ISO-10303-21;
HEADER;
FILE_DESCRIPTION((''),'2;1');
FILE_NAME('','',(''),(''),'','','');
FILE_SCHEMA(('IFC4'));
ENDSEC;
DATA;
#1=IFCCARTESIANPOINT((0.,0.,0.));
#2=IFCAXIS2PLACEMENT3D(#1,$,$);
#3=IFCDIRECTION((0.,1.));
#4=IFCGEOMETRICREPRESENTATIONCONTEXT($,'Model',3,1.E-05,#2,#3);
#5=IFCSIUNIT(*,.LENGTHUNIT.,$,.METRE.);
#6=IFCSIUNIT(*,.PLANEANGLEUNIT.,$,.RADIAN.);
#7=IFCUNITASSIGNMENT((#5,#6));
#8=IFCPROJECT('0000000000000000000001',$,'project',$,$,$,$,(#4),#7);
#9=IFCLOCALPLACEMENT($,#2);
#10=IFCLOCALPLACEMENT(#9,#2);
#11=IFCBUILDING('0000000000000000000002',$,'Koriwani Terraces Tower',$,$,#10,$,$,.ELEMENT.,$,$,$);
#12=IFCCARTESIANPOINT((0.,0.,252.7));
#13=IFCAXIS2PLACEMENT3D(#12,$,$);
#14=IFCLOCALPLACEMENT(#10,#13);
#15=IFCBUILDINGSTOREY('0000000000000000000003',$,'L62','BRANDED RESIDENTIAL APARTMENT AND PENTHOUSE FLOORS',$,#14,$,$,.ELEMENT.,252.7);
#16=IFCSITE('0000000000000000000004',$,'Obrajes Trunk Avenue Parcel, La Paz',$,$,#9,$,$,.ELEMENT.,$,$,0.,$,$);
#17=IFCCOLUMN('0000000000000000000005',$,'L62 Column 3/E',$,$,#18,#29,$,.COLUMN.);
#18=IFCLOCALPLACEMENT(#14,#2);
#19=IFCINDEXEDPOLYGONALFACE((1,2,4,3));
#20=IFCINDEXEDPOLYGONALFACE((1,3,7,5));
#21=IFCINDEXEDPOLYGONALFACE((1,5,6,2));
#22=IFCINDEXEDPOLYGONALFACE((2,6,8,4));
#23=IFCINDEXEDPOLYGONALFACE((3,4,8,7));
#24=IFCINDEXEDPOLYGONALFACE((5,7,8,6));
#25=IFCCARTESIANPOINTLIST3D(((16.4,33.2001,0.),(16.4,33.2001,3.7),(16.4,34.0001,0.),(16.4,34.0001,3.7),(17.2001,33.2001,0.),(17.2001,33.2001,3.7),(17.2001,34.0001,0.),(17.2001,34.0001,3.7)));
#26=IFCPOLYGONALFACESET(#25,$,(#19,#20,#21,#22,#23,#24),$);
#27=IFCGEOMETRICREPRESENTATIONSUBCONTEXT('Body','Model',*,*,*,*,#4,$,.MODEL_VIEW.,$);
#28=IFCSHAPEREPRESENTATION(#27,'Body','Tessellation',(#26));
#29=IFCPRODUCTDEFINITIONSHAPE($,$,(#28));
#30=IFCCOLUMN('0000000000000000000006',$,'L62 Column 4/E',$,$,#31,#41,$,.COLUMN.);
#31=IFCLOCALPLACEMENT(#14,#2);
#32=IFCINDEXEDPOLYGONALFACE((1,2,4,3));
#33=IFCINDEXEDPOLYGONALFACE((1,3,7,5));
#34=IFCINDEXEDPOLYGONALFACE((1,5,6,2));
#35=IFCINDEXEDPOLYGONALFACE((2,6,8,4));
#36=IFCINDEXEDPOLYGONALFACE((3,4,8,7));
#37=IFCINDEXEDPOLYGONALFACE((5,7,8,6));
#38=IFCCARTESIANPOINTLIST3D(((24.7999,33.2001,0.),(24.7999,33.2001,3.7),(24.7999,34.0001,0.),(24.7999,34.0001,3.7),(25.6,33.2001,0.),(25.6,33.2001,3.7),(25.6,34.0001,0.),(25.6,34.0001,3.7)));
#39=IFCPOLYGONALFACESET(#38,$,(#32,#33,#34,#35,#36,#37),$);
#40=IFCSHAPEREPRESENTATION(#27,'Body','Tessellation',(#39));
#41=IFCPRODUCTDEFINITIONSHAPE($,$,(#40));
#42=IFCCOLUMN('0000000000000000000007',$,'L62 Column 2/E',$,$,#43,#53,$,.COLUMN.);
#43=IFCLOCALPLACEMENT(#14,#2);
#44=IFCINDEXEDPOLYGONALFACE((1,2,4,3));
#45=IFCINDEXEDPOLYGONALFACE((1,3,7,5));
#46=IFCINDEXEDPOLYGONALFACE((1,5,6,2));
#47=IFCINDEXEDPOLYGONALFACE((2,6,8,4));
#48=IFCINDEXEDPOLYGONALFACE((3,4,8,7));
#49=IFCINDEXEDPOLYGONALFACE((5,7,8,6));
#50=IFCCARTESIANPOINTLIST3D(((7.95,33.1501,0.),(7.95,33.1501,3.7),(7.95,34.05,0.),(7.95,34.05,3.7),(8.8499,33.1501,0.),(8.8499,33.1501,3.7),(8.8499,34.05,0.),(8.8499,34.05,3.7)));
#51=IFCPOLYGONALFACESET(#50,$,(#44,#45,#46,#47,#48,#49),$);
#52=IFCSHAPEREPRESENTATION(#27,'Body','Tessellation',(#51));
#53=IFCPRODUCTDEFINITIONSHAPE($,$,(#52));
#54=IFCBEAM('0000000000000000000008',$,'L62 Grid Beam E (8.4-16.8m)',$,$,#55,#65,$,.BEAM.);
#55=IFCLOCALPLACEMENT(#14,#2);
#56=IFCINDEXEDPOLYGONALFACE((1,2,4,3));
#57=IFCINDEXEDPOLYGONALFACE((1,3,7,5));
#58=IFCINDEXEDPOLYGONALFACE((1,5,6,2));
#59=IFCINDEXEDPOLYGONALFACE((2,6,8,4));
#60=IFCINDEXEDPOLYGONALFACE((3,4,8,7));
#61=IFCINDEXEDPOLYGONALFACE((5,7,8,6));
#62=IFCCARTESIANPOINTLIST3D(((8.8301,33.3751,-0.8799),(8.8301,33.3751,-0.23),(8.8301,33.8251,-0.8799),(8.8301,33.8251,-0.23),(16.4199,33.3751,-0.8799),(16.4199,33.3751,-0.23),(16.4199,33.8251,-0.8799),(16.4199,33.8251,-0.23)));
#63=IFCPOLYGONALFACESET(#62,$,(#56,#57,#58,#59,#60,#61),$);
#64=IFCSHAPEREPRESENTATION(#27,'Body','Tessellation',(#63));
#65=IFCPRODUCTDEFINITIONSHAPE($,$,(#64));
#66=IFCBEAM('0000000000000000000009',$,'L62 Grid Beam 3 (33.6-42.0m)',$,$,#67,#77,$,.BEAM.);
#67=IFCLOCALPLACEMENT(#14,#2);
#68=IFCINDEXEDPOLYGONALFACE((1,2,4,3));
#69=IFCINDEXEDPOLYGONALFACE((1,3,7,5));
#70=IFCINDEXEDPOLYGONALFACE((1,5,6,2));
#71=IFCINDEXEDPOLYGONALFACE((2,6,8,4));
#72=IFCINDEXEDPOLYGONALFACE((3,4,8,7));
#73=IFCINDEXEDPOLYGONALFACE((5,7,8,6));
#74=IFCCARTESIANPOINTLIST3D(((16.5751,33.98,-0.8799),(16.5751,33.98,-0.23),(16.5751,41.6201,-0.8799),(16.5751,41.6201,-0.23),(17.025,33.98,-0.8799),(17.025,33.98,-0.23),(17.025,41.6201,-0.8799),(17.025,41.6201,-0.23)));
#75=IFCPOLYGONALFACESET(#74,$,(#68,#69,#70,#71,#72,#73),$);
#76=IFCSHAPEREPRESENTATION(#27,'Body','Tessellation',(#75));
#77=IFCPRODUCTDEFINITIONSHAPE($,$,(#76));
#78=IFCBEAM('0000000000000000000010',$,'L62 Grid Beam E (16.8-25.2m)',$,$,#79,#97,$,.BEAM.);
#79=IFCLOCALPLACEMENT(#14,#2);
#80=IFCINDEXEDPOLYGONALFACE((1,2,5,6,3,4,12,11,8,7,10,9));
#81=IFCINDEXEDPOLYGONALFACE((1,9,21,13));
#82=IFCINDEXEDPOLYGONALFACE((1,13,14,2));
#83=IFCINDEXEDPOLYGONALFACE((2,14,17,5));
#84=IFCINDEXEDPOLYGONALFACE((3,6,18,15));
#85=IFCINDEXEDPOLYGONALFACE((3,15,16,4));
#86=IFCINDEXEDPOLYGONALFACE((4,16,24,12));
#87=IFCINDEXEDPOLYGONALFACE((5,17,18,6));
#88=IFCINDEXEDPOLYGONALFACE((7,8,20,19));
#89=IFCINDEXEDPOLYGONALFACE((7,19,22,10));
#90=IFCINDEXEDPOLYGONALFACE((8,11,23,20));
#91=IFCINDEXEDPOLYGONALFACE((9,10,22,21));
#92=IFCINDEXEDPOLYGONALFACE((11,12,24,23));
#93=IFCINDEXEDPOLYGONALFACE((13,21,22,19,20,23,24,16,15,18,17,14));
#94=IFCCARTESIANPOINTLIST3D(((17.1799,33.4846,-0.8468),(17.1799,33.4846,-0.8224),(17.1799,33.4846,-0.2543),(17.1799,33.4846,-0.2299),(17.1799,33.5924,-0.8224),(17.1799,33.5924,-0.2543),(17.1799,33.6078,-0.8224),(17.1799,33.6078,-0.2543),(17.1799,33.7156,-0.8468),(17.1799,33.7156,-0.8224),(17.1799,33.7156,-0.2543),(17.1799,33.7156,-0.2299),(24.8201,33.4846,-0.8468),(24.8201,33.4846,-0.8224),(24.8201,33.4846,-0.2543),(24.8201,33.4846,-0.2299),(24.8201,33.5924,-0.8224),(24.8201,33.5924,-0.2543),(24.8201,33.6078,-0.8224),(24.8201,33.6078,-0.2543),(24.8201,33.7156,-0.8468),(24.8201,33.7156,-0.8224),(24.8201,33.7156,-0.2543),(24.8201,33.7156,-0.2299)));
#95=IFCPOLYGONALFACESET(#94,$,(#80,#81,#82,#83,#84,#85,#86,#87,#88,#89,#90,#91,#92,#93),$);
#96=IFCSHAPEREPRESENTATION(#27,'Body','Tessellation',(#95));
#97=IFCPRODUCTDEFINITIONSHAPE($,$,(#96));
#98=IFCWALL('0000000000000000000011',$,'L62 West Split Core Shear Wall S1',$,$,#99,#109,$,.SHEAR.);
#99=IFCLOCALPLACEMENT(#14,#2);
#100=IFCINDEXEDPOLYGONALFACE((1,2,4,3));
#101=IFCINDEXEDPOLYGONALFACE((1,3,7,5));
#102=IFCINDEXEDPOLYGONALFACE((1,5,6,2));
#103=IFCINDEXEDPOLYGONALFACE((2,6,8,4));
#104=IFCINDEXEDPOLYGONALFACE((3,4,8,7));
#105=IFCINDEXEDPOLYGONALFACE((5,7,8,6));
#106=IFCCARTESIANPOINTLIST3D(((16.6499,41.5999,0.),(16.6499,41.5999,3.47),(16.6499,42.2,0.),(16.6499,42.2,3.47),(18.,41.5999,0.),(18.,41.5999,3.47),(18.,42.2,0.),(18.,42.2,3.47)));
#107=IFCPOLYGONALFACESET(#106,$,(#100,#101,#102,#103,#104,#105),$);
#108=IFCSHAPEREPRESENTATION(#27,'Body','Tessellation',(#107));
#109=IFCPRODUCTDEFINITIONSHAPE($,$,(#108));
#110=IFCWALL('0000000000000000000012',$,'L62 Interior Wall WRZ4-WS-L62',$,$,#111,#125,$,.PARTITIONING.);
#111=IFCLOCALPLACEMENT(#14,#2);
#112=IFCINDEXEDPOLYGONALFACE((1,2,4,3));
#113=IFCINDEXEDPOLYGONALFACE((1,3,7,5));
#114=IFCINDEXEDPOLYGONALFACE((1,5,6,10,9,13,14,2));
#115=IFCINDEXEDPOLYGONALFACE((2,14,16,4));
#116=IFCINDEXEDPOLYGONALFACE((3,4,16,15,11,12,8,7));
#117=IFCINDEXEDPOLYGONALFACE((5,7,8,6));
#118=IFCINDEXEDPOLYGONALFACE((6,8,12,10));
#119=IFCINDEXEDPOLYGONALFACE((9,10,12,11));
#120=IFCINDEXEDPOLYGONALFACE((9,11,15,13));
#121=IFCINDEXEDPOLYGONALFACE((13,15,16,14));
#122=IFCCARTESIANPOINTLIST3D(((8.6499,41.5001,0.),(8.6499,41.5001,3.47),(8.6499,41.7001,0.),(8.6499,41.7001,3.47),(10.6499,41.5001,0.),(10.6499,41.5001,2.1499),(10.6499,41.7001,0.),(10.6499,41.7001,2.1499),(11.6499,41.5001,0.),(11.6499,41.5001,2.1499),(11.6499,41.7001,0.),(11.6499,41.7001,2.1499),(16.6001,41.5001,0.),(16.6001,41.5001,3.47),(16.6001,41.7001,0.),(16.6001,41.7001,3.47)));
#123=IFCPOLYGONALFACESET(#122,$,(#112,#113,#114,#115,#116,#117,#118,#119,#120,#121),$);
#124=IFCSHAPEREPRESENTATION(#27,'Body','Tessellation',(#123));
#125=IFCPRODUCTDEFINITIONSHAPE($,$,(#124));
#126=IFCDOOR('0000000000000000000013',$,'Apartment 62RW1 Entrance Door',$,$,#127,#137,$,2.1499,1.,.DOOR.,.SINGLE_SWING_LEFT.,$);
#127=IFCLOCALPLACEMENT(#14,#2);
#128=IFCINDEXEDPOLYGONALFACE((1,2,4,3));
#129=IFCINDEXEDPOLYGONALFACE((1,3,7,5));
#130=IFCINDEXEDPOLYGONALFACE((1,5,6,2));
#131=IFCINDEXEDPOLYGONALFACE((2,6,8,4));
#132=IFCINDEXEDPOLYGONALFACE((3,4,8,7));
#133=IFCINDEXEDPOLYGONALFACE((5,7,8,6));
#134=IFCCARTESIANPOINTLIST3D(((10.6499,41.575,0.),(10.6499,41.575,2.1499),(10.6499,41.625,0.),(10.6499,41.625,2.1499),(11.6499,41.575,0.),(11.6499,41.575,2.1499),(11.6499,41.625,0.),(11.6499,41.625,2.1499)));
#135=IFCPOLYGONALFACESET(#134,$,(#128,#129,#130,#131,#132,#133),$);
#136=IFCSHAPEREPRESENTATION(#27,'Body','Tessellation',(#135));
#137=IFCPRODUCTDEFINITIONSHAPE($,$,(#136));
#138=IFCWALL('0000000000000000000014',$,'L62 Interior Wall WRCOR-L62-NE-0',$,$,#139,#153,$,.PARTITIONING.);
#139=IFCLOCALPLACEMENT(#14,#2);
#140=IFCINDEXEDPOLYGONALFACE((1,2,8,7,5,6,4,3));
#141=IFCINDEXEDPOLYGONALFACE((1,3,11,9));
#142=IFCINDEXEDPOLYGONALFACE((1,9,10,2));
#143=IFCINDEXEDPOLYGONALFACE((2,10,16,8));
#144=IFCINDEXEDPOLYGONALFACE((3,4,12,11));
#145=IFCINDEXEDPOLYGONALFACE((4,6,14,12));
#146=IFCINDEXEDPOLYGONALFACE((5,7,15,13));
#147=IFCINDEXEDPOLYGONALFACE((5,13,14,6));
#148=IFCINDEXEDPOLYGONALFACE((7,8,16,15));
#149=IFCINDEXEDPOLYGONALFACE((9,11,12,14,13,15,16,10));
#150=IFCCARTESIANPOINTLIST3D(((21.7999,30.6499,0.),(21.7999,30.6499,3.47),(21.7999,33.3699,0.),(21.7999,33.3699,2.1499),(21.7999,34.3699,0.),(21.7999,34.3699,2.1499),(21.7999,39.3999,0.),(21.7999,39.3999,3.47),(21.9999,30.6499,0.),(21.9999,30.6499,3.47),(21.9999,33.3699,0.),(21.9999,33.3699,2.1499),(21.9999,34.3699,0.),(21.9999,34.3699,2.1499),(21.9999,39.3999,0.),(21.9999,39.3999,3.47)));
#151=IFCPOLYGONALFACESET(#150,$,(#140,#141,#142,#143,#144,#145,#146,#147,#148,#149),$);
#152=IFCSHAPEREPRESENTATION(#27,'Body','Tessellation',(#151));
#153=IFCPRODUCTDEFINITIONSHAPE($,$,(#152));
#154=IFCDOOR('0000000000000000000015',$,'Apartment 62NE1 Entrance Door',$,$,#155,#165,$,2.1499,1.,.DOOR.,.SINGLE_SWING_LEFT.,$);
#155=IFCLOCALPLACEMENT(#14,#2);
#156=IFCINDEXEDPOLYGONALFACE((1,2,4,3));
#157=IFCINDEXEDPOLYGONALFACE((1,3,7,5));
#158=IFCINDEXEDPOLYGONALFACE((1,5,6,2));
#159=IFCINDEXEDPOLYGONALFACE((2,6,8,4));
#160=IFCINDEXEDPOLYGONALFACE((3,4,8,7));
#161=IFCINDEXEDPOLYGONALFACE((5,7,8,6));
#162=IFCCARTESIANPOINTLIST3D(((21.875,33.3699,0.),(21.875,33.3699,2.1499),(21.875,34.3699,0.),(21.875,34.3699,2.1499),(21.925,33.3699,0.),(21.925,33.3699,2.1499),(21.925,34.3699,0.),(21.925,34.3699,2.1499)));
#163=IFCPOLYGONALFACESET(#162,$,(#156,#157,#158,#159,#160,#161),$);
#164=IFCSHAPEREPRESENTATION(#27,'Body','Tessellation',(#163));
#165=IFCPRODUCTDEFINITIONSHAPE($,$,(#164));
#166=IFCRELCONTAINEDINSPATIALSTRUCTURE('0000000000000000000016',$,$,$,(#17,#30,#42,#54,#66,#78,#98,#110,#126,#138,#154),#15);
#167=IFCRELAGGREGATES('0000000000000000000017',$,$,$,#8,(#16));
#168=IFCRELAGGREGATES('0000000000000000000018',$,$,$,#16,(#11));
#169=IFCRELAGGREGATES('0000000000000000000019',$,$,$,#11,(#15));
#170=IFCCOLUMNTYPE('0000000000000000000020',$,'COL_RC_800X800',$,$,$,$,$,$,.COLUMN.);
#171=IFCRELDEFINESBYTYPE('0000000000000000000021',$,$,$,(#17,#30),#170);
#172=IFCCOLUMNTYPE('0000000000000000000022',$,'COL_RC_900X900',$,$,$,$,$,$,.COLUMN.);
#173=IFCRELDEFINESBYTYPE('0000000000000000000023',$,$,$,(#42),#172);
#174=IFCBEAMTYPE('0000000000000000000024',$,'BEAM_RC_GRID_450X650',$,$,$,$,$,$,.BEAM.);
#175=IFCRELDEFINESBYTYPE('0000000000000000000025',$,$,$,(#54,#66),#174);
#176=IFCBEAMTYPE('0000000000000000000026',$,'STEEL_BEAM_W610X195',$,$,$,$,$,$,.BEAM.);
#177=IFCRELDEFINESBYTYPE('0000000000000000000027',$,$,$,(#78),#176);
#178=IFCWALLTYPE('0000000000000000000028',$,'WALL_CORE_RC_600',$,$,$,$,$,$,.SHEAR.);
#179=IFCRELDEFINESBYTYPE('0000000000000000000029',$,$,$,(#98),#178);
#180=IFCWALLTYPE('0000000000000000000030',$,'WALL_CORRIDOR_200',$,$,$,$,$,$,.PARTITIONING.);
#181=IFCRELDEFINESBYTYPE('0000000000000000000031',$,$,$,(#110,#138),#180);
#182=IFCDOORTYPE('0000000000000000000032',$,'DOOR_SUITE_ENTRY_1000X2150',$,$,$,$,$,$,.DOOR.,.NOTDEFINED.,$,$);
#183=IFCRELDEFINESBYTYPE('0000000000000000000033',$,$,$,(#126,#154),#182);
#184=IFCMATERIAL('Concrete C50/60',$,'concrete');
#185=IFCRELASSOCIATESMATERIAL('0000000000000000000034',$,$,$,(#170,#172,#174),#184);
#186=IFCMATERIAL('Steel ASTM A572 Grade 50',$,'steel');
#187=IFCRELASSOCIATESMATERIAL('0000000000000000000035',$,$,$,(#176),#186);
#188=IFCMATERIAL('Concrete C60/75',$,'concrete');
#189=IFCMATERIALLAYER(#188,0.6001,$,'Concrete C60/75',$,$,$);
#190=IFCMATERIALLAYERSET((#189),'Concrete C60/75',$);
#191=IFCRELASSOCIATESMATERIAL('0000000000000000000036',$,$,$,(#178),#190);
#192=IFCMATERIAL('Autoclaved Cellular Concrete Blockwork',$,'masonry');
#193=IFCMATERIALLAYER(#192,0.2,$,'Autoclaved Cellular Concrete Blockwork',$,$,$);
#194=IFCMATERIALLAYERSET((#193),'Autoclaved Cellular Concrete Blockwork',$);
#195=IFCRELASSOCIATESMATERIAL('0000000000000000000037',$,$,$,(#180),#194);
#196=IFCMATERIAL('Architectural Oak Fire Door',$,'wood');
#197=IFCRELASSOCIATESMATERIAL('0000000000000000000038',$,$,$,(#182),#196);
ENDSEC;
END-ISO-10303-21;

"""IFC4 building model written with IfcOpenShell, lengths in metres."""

from ifc_helpers import new_model, si_unit, direction, frame, frame_2d, origin, origin_2d, place, context, subcontext, project, spatial, rectangle, i_section, extrude, material, layer, layer_set, material_profile, profile_set, type_object, element, fill, save


model = new_model("IFC4")

# Units and contexts
model_context = context("Model", 3, precision=1e-05, world=origin(), true_north=direction((0.0, 1.0)))
body_context = subcontext(model_context, "Body", "Model", "MODEL_VIEW")
ifc_project = project(units=[si_unit("LENGTHUNIT", "METRE"), si_unit("PLANEANGLEUNIT", "RADIAN")], contexts=[model_context])

# Site, building, storey
site_placement = place(None, origin())
site = spatial("IfcSite", under=ifc_project, at=site_placement, Name="Obrajes Trunk Avenue Parcel, La Paz", CompositionType="ELEMENT", RefElevation=0.0)
building_placement = place(site_placement, origin())
building = spatial("IfcBuilding", under=site, at=building_placement, Name="Koriwani Terraces Tower", CompositionType="ELEMENT")
storey_placement = place(building_placement, frame((0.0, 0.0, 252.7)))
storey = spatial("IfcBuildingStorey", under=building, at=storey_placement, Name="L62", Description="BRANDED RESIDENTIAL APARTMENT AND PENTHOUSE FLOORS", CompositionType="ELEMENT", Elevation=252.7)

# Columns
ifc_material_1 = material(Name="Concrete C50/60", Category="concrete")
ifc_material_profile_1 = material_profile(ifc_material_1, rectangle(XDim=0.8, YDim=0.8, at=origin_2d()), Name="Concrete C50/60", Category="LoadBearing")
ifc_profile_set_1 = profile_set([ifc_material_profile_1], Name="Concrete C50/60")
column_type_1 = type_object("IfcColumnType", Name="COL_RC_800X800", PredefinedType="COLUMN", material=ifc_profile_set_1)
for number, where, z_axis, x_axis, name in (
    (1, (16.8, 33.6001, 0.0), (0.0, 0.0, 1.0), (1.0, 0.0, 0.0), "L62 Column 3/E"),
    (2, (25.2, 33.6001, 0.0), (0.0, 0.0, 1.0), (1.0, 0.0, 0.0), "L62 Column 4/E"),
):
    element("IfcColumn", number, at=place(storey_placement, frame(where, z_axis=z_axis, x_axis=x_axis)), inside=storey, type_object=column_type_1, Name=name, PredefinedType="COLUMN", context=body_context, shape_type="SweptSolid", body=[
        extrude(rectangle(XDim=0.8, YDim=0.8, at=origin_2d()), origin(), (0.0, 0.0, 1.0), 3.7),
    ])
ifc_material_profile_2 = material_profile(ifc_material_1, rectangle(XDim=0.8999, YDim=0.8999, at=origin_2d()), Name="Concrete C50/60", Category="LoadBearing")
ifc_profile_set_2 = profile_set([ifc_material_profile_2], Name="Concrete C50/60")
column_type_2 = type_object("IfcColumnType", Name="COL_RC_900X900", PredefinedType="COLUMN", material=ifc_profile_set_2)
column_placement = place(storey_placement, frame((8.3999, 33.6001, 0.0), z_axis=(0.0, 0.0, 1.0), x_axis=(1.0, 0.0, 0.0)))
element("IfcColumn", 3, at=column_placement, inside=storey, type_object=column_type_2, Name="L62 Column 2/E", PredefinedType="COLUMN", context=body_context, shape_type="SweptSolid", body=[
    extrude(rectangle(XDim=0.8999, YDim=0.8999, at=origin_2d()), origin(), (0.0, 0.0, 1.0), 3.7),
])

# Beams
ifc_material_profile_3 = material_profile(ifc_material_1, rectangle(XDim=0.45, YDim=0.6499, at=origin_2d()), Name="Concrete C50/60", Category="LoadBearing")
ifc_profile_set_3 = profile_set([ifc_material_profile_3], Name="Concrete C50/60")
beam_type_1 = type_object("IfcBeamType", Name="BEAM_RC_GRID_450X650", PredefinedType="BEAM", material=ifc_profile_set_3)
beam_1_placement = place(storey_placement, frame((8.8301, 33.6001, -0.5549), z_axis=(1.0, 0.0, 0.0), x_axis=(0.0, 1.0, 0.0)))
element("IfcBeam", 4, at=beam_1_placement, inside=storey, type_object=beam_type_1, Name="L62 Grid Beam E (8.4-16.8m)", PredefinedType="BEAM", context=body_context, shape_type="SweptSolid", body=[
    extrude(rectangle(XDim=0.45, YDim=0.6499, at=origin_2d()), origin(), (0.0, 0.0, 1.0), 7.5898),
])
beam_2_placement = place(storey_placement, frame((16.8, 33.98, -0.5549), z_axis=(0.0, 1.0, 0.0), x_axis=(-1.0, 0.0, 0.0)))
element("IfcBeam", 5, at=beam_2_placement, inside=storey, type_object=beam_type_1, Name="L62 Grid Beam 3 (33.6-42.0m)", PredefinedType="BEAM", context=body_context, shape_type="SweptSolid", body=[
    extrude(rectangle(XDim=0.45, YDim=0.6499, at=origin_2d()), origin(), (0.0, 0.0, 1.0), 7.6401),
])
ifc_material_2 = material(Name="Steel ASTM A572 Grade 50", Category="steel")
ifc_material_profile_4 = material_profile(ifc_material_2, i_section(OverallWidth=0.231, OverallDepth=0.6169, WebThickness=0.0154, FlangeThickness=0.0244, at=origin_2d()), Name="Steel ASTM A572 Grade 50", Category="LoadBearing")
ifc_profile_set_4 = profile_set([ifc_material_profile_4], Name="Steel ASTM A572 Grade 50")
beam_type_2 = type_object("IfcBeamType", Name="STEEL_BEAM_W610X195", PredefinedType="BEAM", material=ifc_profile_set_4)
beam_3_placement = place(storey_placement, frame((17.1799, 33.6001, -0.5383), z_axis=(1.0, 0.0, 0.0), x_axis=(0.0, 1.0, 0.0)))
element("IfcBeam", 6, at=beam_3_placement, inside=storey, type_object=beam_type_2, Name="L62 Grid Beam E (16.8-25.2m)", PredefinedType="BEAM", context=body_context, shape_type="SweptSolid", body=[
    extrude(i_section(OverallWidth=0.231, OverallDepth=0.6169, WebThickness=0.0154, FlangeThickness=0.0244, at=origin_2d()), origin(), (0.0, 0.0, 1.0), 7.6401),
])

# Wall
ifc_material_3 = material(Name="Concrete C60/75", Category="concrete")
ifc_layer_1 = layer(ifc_material_3, 0.6001, Name="Concrete C60/75")
ifc_layer_set_1 = layer_set([ifc_layer_1], Name="Concrete C60/75")
wall_type_1 = type_object("IfcWallType", Name="WALL_CORE_RC_600", PredefinedType="SHEAR", material=ifc_layer_set_1)
wall_1_placement = place(storey_placement, frame((16.6499, 41.8999, 0.0), z_axis=(0.0, 0.0, 1.0), x_axis=(1.0, 0.0, 0.0)))
element("IfcWall", 7, at=wall_1_placement, inside=storey, type_object=wall_type_1, Name="L62 West Split Core Shear Wall S1", PredefinedType="SHEAR", context=body_context, shape_type="SweptSolid", body=[
    extrude(rectangle(XDim=1.3501, YDim=0.6001, at=frame_2d((0.675, 0.0))), origin(), (0.0, 0.0, 1.0), 3.47),
])

# Walls, openings, doors
ifc_material_4 = material(Name="Autoclaved Cellular Concrete Blockwork", Category="masonry")
ifc_layer_2 = layer(ifc_material_4, 0.2, Name="Autoclaved Cellular Concrete Blockwork")
ifc_layer_set_2 = layer_set([ifc_layer_2], Name="Autoclaved Cellular Concrete Blockwork")
wall_type_2 = type_object("IfcWallType", Name="WALL_CORRIDOR_200", PredefinedType="PARTITIONING", material=ifc_layer_set_2)
wall_2_placement = place(storey_placement, frame((8.6499, 41.6001, 0.0), z_axis=(0.0, 0.0, 1.0), x_axis=(1.0, 0.0, 0.0)))
wall_2 = element("IfcWall", 8, at=wall_2_placement, inside=storey, type_object=wall_type_2, Name="L62 Interior Wall WRZ4-WS-L62", PredefinedType="PARTITIONING", context=body_context, shape_type="SweptSolid", body=[
    extrude(rectangle(XDim=7.9502, YDim=0.2, at=frame_2d((3.9751, 0.0))), origin(), (0.0, 0.0, 1.0), 3.47),
])
opening_1_placement = place(wall_2_placement, frame((2.0, 0.0, 0.0)))
opening_1 = element("IfcOpeningElement", 9, at=opening_1_placement, cuts=wall_2, PredefinedType="OPENING", context=body_context, shape_type="SweptSolid", body=[
    extrude(rectangle(XDim=1.0, YDim=2.1499, at=frame_2d((0.5, 1.075))), frame((0.0, 0.1099, 0.0), z_axis=(0.0, -1.0, 0.0), x_axis=(1.0, 0.0, 0.0)), (0.0, 0.0, 1.0), 0.22),
])
ifc_material_5 = material(Name="Architectural Oak Fire Door", Category="wood")
door_type_1 = type_object("IfcDoorType", Name="DOOR_SUITE_ENTRY_1000X2150", OperationType="NOTDEFINED", PredefinedType="DOOR", material=ifc_material_5)
door_1_placement = place(opening_1_placement, origin())
door_1 = element("IfcDoor", 10, at=door_1_placement, inside=storey, type_object=door_type_1, Name="Apartment 62RW1 Entrance Door", OperationType="SINGLE_SWING_LEFT", OverallHeight=2.1499, OverallWidth=1.0, PredefinedType="DOOR", context=body_context, shape_type="SweptSolid", body=[
    extrude(rectangle(XDim=1.0, YDim=2.1499, at=frame_2d((0.5, 1.075))), frame((0.0, 0.0249, 0.0), z_axis=(0.0, -1.0, 0.0), x_axis=(1.0, 0.0, 0.0)), (0.0, 0.0, 1.0), 0.05),
])
fill(opening_1, door_1)
wall_3_placement = place(storey_placement, frame((21.8999, 30.6499, 0.0), z_axis=(0.0, 0.0, 1.0), x_axis=(0.0, 1.0, 0.0)))
wall_3 = element("IfcWall", 11, at=wall_3_placement, inside=storey, type_object=wall_type_2, Name="L62 Interior Wall WRCOR-L62-NE-0", PredefinedType="PARTITIONING", context=body_context, shape_type="SweptSolid", body=[
    extrude(rectangle(XDim=8.75, YDim=0.2, at=frame_2d((4.375, 0.0))), origin(), (0.0, 0.0, 1.0), 3.47),
])
opening_2_placement = place(wall_3_placement, frame((2.72, 0.0, 0.0)))
opening_2 = element("IfcOpeningElement", 12, at=opening_2_placement, cuts=wall_3, PredefinedType="OPENING", context=body_context, shape_type="SweptSolid", body=[
    extrude(rectangle(XDim=1.0, YDim=2.1499, at=frame_2d((0.5, 1.075))), frame((0.0, 0.1099, 0.0), z_axis=(0.0, -1.0, 0.0), x_axis=(1.0, 0.0, 0.0)), (0.0, 0.0, 1.0), 0.22),
])
door_2_placement = place(opening_2_placement, origin())
door_2 = element("IfcDoor", 13, at=door_2_placement, inside=storey, type_object=door_type_1, Name="Apartment 62NE1 Entrance Door", OperationType="SINGLE_SWING_LEFT", OverallHeight=2.1499, OverallWidth=1.0, PredefinedType="DOOR", context=body_context, shape_type="SweptSolid", body=[
    extrude(rectangle(XDim=1.0, YDim=2.1499, at=frame_2d((0.5, 1.075))), frame((0.0, 0.0249, 0.0), z_axis=(0.0, -1.0, 0.0), x_axis=(1.0, 0.0, 0.0)), (0.0, 0.0, 1.0), 0.05),
])
fill(opening_2, door_2)

save(model, "model.ifc")
